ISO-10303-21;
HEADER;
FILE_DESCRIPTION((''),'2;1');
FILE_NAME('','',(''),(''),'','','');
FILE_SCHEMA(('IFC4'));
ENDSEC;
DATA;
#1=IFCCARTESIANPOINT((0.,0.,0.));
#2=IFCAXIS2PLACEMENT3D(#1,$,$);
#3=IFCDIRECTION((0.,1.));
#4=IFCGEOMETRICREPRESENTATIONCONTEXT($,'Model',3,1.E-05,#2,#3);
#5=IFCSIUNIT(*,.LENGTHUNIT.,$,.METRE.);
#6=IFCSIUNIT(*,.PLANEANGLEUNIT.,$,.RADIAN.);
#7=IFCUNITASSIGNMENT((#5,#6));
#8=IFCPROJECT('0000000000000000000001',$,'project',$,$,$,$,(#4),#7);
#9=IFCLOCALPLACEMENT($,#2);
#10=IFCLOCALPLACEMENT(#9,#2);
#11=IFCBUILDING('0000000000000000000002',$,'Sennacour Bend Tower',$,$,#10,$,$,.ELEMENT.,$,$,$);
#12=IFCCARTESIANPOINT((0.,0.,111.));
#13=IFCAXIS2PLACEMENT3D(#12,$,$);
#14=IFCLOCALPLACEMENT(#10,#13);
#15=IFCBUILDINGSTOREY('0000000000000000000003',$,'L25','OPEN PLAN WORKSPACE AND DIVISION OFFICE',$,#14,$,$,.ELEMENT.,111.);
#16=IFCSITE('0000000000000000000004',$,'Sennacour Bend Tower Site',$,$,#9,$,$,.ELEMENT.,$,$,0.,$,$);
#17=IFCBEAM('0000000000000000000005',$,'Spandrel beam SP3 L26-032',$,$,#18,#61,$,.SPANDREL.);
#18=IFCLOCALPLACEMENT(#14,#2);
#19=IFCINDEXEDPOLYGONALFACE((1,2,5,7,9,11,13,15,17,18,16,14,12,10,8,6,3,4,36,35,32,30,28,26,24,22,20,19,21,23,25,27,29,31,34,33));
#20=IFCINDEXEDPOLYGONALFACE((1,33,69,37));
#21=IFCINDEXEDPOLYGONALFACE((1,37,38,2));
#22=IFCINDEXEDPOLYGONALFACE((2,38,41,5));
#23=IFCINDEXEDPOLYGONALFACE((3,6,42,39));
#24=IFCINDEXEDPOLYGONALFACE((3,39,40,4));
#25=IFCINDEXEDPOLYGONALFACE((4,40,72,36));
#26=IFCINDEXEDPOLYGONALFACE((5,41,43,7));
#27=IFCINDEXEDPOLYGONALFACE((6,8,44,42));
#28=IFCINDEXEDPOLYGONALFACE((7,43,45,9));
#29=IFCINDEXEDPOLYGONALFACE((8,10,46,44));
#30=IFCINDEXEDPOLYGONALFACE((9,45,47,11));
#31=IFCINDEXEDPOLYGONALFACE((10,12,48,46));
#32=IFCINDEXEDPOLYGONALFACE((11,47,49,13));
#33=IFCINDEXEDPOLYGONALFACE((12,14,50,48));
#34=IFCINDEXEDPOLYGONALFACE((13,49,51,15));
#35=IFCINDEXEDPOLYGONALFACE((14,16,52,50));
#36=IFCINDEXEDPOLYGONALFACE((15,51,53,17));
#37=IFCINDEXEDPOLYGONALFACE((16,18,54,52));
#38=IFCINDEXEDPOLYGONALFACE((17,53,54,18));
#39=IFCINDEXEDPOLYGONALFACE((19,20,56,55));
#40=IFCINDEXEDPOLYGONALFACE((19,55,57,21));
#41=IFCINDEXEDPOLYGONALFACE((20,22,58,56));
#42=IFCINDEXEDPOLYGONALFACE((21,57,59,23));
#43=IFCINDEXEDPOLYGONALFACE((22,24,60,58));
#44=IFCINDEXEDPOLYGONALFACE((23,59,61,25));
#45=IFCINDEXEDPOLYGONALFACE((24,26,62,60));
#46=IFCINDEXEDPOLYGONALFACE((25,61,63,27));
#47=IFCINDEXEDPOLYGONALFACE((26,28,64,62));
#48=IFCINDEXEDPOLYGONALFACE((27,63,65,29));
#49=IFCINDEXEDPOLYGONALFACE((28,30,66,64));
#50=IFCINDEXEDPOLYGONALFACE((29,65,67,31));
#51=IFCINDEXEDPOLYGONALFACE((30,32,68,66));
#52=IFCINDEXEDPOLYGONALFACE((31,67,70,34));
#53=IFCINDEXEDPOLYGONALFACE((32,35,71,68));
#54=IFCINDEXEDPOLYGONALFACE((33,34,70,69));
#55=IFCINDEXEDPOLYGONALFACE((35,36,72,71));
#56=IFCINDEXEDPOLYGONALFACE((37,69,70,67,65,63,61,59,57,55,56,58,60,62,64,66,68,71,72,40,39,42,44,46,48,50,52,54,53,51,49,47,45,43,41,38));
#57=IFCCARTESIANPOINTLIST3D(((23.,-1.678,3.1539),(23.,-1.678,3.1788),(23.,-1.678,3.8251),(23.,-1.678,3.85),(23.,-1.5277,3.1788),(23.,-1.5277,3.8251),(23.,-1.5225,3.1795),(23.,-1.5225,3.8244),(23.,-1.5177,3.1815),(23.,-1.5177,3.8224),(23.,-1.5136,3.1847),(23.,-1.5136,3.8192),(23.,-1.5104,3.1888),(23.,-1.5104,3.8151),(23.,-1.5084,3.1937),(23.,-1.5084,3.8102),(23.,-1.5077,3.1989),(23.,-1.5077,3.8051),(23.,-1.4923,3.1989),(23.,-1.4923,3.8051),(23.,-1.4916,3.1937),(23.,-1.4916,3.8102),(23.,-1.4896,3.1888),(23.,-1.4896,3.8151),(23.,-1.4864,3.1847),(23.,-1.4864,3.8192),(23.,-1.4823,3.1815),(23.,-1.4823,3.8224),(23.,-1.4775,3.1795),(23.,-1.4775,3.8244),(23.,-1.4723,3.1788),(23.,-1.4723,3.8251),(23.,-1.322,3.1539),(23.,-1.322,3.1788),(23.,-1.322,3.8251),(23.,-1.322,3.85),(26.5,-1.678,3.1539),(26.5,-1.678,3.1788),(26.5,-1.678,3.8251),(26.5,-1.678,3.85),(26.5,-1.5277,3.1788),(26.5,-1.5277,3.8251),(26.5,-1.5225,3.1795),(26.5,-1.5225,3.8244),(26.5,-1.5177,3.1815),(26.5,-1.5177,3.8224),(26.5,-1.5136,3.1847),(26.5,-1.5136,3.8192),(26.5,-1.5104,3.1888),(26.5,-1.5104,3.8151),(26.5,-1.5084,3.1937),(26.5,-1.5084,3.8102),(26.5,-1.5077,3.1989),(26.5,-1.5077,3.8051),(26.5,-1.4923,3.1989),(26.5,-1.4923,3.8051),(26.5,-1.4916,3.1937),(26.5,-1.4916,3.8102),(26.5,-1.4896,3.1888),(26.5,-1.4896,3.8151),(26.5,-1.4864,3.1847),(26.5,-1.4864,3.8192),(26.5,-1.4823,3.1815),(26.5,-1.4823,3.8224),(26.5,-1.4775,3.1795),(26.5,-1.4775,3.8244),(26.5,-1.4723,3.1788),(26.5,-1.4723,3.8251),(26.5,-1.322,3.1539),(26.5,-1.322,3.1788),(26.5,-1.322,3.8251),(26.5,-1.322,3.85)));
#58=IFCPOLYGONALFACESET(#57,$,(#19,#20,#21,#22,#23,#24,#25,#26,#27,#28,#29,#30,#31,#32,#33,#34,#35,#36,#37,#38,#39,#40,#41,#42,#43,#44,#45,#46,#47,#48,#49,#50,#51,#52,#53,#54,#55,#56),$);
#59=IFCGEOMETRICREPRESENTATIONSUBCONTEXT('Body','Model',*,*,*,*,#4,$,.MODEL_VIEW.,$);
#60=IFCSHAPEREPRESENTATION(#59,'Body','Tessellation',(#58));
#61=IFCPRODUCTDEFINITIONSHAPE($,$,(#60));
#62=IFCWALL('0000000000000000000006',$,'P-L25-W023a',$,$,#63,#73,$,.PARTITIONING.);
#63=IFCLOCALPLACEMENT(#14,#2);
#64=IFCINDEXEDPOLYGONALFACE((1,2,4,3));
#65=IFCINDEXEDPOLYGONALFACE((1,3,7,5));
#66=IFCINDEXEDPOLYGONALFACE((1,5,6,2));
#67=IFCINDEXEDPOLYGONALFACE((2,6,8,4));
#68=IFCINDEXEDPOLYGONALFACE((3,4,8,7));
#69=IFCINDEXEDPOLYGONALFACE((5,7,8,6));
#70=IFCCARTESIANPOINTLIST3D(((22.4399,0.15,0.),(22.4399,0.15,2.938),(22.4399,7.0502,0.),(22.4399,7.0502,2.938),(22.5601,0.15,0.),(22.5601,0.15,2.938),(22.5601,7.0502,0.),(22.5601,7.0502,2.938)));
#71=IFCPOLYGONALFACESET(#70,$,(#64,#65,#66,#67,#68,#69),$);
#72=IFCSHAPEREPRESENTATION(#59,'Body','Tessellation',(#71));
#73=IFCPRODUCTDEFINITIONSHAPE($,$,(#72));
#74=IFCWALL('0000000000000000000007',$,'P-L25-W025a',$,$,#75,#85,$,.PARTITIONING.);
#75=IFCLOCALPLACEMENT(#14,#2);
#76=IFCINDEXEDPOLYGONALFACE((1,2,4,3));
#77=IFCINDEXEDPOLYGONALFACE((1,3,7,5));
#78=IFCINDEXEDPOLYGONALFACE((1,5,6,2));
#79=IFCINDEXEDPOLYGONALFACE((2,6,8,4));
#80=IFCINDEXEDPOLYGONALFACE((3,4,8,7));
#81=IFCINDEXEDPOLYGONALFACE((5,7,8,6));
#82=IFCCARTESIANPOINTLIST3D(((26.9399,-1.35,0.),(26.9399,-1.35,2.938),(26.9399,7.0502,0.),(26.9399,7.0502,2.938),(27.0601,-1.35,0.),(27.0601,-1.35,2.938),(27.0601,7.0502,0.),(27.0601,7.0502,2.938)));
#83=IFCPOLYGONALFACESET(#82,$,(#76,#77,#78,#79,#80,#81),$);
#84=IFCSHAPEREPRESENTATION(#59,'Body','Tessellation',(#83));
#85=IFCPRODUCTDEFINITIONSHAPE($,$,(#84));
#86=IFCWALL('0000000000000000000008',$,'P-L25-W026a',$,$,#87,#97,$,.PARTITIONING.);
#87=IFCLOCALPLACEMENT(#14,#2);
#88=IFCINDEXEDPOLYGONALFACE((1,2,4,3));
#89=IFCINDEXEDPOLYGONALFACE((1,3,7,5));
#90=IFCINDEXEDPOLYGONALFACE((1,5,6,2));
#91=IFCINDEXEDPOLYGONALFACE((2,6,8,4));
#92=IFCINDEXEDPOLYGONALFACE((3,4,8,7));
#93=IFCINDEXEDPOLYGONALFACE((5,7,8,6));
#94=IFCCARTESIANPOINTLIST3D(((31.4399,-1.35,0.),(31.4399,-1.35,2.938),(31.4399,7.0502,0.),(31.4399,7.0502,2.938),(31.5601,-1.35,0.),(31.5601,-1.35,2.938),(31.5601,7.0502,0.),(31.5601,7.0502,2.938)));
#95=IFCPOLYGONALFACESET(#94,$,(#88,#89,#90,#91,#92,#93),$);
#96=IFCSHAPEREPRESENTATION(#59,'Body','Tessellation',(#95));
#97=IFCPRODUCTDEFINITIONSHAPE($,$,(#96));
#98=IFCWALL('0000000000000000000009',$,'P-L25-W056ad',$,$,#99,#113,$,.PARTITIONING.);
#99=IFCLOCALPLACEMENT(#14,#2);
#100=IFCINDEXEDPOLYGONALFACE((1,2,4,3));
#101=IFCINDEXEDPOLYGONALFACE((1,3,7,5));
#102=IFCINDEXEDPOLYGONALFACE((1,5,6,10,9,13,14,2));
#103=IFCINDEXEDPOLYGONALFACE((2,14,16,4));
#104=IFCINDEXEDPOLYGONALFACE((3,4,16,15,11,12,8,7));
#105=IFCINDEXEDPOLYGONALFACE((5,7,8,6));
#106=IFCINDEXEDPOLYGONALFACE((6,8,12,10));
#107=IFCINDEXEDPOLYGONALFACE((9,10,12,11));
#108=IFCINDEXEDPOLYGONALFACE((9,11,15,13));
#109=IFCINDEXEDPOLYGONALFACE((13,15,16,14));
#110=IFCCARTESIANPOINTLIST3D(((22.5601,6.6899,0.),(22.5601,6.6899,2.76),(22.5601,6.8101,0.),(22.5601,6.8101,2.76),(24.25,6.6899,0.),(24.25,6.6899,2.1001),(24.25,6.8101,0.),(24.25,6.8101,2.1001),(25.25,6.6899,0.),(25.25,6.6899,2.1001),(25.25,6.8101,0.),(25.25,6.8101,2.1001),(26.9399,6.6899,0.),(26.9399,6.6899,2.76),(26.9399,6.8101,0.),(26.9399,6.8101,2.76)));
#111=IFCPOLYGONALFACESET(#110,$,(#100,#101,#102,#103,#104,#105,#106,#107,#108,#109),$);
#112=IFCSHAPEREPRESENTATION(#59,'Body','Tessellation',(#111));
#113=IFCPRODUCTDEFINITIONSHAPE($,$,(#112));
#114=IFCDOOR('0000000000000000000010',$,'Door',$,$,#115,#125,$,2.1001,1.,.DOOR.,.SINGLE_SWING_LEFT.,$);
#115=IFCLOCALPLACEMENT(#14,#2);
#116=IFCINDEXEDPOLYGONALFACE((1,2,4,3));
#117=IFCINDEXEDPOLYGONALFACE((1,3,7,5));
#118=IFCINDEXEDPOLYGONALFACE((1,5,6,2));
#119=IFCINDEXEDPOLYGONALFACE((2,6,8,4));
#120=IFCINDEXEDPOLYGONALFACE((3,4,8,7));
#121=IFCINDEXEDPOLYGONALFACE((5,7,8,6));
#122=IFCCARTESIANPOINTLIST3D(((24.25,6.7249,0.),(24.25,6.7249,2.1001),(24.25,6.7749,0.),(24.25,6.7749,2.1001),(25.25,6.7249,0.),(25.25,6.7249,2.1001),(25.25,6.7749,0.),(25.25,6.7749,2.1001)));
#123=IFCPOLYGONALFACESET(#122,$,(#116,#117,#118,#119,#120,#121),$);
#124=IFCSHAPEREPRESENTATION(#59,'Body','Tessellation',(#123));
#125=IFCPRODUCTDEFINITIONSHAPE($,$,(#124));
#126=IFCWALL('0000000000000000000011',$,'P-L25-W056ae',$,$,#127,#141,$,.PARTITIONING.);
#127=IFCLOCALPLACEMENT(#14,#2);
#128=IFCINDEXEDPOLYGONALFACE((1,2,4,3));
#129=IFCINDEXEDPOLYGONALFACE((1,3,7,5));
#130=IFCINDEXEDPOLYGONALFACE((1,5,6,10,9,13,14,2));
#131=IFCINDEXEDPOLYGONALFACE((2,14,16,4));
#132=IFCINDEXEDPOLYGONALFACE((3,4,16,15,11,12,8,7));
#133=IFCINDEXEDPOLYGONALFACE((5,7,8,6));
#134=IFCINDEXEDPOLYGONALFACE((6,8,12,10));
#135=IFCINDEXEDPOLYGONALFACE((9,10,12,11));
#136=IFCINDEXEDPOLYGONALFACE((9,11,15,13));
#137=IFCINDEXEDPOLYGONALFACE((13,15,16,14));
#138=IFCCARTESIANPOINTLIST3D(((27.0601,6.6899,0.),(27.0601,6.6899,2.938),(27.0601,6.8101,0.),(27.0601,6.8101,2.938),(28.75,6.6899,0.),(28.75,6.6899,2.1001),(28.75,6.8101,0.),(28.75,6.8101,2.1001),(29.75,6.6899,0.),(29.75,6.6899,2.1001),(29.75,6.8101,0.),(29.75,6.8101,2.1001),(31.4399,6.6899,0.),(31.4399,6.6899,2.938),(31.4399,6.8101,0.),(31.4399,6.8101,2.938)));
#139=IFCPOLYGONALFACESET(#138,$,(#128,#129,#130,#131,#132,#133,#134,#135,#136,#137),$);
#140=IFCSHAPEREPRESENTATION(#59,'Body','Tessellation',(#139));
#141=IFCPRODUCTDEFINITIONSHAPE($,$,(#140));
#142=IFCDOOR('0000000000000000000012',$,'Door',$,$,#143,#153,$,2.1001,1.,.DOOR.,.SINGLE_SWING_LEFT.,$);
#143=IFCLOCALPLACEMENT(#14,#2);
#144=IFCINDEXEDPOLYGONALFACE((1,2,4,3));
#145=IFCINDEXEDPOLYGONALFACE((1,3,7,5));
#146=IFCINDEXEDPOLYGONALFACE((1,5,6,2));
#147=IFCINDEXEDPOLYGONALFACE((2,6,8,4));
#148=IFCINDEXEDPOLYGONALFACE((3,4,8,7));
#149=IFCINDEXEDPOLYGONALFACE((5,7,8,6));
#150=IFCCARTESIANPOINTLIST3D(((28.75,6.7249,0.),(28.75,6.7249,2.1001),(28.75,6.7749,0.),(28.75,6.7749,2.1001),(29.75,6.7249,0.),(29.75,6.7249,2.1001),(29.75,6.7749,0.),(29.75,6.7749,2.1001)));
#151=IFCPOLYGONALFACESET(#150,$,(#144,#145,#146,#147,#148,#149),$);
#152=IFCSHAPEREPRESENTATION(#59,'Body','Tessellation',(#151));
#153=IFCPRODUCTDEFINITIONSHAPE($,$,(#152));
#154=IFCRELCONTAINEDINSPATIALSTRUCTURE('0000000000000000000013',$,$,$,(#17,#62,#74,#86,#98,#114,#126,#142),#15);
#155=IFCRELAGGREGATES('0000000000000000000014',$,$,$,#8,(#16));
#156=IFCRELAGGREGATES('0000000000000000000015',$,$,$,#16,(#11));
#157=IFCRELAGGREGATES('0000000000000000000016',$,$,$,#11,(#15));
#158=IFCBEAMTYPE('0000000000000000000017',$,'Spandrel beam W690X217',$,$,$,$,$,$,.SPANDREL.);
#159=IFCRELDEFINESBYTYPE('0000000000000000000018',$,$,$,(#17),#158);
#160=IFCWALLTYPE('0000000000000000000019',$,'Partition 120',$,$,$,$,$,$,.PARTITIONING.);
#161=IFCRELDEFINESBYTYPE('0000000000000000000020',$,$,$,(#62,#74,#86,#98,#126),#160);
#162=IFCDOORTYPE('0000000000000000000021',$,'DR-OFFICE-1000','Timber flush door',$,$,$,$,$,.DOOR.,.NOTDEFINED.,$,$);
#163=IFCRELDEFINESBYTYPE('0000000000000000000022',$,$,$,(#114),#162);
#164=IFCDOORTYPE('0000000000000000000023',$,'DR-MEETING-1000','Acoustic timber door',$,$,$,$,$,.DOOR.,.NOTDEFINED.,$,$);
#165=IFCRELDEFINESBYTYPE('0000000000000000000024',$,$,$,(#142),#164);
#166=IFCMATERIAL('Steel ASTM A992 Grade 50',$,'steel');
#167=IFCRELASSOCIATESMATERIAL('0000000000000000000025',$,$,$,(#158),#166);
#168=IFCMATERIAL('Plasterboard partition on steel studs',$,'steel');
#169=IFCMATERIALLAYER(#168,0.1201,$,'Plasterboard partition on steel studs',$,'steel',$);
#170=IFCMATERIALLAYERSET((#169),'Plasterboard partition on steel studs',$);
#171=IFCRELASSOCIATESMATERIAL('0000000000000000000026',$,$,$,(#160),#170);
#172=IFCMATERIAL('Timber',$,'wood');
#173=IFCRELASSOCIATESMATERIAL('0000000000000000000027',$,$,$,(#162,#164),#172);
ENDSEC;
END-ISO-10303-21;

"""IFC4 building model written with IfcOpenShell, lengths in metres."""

from ifc_helpers import new_model, si_unit, direction, frame, frame_2d, origin, origin_2d, place, context, subcontext, project, spatial, rectangle, i_section, extrude, material, layer, layer_set, material_profile, profile_set, type_object, element, fill, save


model = new_model("IFC4")

# Units and contexts
model_context = context("Model", 3, precision=1e-05, world=origin(), true_north=direction((0.0, 1.0)))
body_context = subcontext(model_context, "Body", "Model", "MODEL_VIEW")
ifc_project = project(units=[si_unit("LENGTHUNIT", "METRE"), si_unit("PLANEANGLEUNIT", "RADIAN")], contexts=[model_context])

# Site, building, storey
site_placement = place(None, origin())
site = spatial("IfcSite", under=ifc_project, at=site_placement, Name="Sennacour Bend Tower Site", CompositionType="ELEMENT", RefElevation=0.0)
building_placement = place(site_placement, origin())
building = spatial("IfcBuilding", under=site, at=building_placement, Name="Sennacour Bend Tower", CompositionType="ELEMENT")
storey_placement = place(building_placement, frame((0.0, 0.0, 111.0)))
storey = spatial("IfcBuildingStorey", under=building, at=storey_placement, Name="L25", Description="OPEN PLAN WORKSPACE AND DIVISION OFFICE", CompositionType="ELEMENT", Elevation=111.0)

# Beam
ifc_material_1 = material(Name="Steel ASTM A992 Grade 50", Category="steel")
ifc_material_profile_1 = material_profile(ifc_material_1, i_section(OverallWidth=0.356, OverallDepth=0.696, WebThickness=0.0154, FlangeThickness=0.0249, FilletRadius=0.02, at=origin_2d()), Name="Steel ASTM A992 Grade 50", Category="steel")
ifc_profile_set_1 = profile_set([ifc_material_profile_1], Name="Steel ASTM A992 Grade 50")
beam_type_1 = type_object("IfcBeamType", Name="Spandrel beam W690X217", PredefinedType="SPANDREL", material=ifc_profile_set_1)
for number, where, z_axis, x_axis, name in (
    (1, (26.5, -1.5, 3.502), (-1.0, 0.0, 0.0), (0.0, -1.0, 0.0), "Spandrel beam SP3 L26-032"),
):
    element("IfcBeam", number, at=place(storey_placement, frame(where, z_axis=z_axis, x_axis=x_axis)), inside=storey, type_object=beam_type_1, Name=name, PredefinedType="SPANDREL", context=body_context, shape_type="SweptSolid", body=[
        extrude(i_section(OverallWidth=0.356, OverallDepth=0.696, WebThickness=0.0154, FlangeThickness=0.0249, FilletRadius=0.02, at=origin_2d()), origin(), (0.0, 0.0, 1.0), 3.5),
    ])

# Walls
ifc_material_2 = material(Name="Plasterboard partition on steel studs", Category="steel")
ifc_layer_1 = layer(ifc_material_2, 0.1201, Name="Plasterboard partition on steel studs", Category="steel")
ifc_layer_set_1 = layer_set([ifc_layer_1], Name="Plasterboard partition on steel studs")
wall_type_1 = type_object("IfcWallType", Name="Partition 120", PredefinedType="PARTITIONING", material=ifc_layer_set_1)
wall_1_placement = place(storey_placement, frame((22.5, 0.1499, 0.0), z_axis=(0.0, 0.0, 1.0), x_axis=(0.0, 1.0, 0.0)))
element("IfcWall", 2, at=wall_1_placement, inside=storey, type_object=wall_type_1, Name="P-L25-W023a", PredefinedType="PARTITIONING", context=body_context, shape_type="SweptSolid", body=[
    extrude(rectangle(XDim=6.9001, YDim=0.1201, at=frame_2d((3.4502, 0.0))), origin(), (0.0, 0.0, 1.0), 2.938),
])
for number, where, z_axis, x_axis, name in (
    (3, (27.0, -1.3501, 0.0), (0.0, 0.0, 1.0), (0.0, 1.0, 0.0), "P-L25-W025a"),
    (4, (31.5, -1.3501, 0.0), (0.0, 0.0, 1.0), (0.0, 1.0, 0.0), "P-L25-W026a"),
):
    element("IfcWall", number, at=place(storey_placement, frame(where, z_axis=z_axis, x_axis=x_axis)), inside=storey, type_object=wall_type_1, Name=name, PredefinedType="PARTITIONING", context=body_context, shape_type="SweptSolid", body=[
        extrude(rectangle(XDim=8.4001, YDim=0.1201, at=frame_2d((4.2002, 0.0))), origin(), (0.0, 0.0, 1.0), 2.938),
    ])

# Walls, openings, doors
wall_2_placement = place(storey_placement, frame((22.5601, 6.75, 0.0), z_axis=(0.0, 0.0, 1.0), x_axis=(1.0, 0.0, 0.0)))
wall_2 = element("IfcWall", 5, at=wall_2_placement, inside=storey, type_object=wall_type_1, Name="P-L25-W056ad", PredefinedType="PARTITIONING", context=body_context, shape_type="SweptSolid", body=[
    extrude(rectangle(XDim=4.3799, YDim=0.1201, at=frame_2d((2.1899, 0.0))), origin(), (0.0, 0.0, 1.0), 2.76),
])
opening_1_placement = place(wall_2_placement, frame((1.6899, 0.0, 0.0)))
opening_1 = element("IfcOpeningElement", 6, at=opening_1_placement, cuts=wall_2, PredefinedType="OPENING", context=body_context, shape_type="SweptSolid", body=[
    extrude(rectangle(XDim=1.0, YDim=2.1001, at=frame_2d((0.5, 1.05))), frame((0.0, 0.0701, 0.0), z_axis=(0.0, -1.0, 0.0), x_axis=(1.0, 0.0, 0.0)), (0.0, 0.0, 1.0), 0.1401),
])
ifc_material_3 = material(Name="Timber", Category="wood")
door_type_1 = type_object("IfcDoorType", Name="DR-OFFICE-1000", Description="Timber flush door", OperationType="NOTDEFINED", PredefinedType="DOOR", material=ifc_material_3)
door_1_placement = place(opening_1_placement, origin())
door_1 = element("IfcDoor", 7, at=door_1_placement, inside=storey, type_object=door_type_1, Name="Door", OperationType="SINGLE_SWING_LEFT", OverallHeight=2.1001, OverallWidth=1.0, PredefinedType="DOOR", context=body_context, shape_type="SweptSolid", body=[
    extrude(rectangle(XDim=1.0, YDim=2.1001, at=frame_2d((0.5, 1.05))), frame((0.0, 0.0249, 0.0), z_axis=(0.0, -1.0, 0.0), x_axis=(1.0, 0.0, 0.0)), (0.0, 0.0, 1.0), 0.05),
])
fill(opening_1, door_1)
wall_3_placement = place(storey_placement, frame((27.0601, 6.75, 0.0), z_axis=(0.0, 0.0, 1.0), x_axis=(1.0, 0.0, 0.0)))
wall_3 = element("IfcWall", 8, at=wall_3_placement, inside=storey, type_object=wall_type_1, Name="P-L25-W056ae", PredefinedType="PARTITIONING", context=body_context, shape_type="SweptSolid", body=[
    extrude(rectangle(XDim=4.3799, YDim=0.1201, at=frame_2d((2.1899, 0.0))), origin(), (0.0, 0.0, 1.0), 2.938),
])
opening_2_placement = place(wall_3_placement, frame((1.6899, 0.0, 0.0)))
opening_2 = element("IfcOpeningElement", 9, at=opening_2_placement, cuts=wall_3, PredefinedType="OPENING", context=body_context, shape_type="SweptSolid", body=[
    extrude(rectangle(XDim=1.0, YDim=2.1001, at=frame_2d((0.5, 1.05))), frame((0.0, 0.0701, 0.0), z_axis=(0.0, -1.0, 0.0), x_axis=(1.0, 0.0, 0.0)), (0.0, 0.0, 1.0), 0.1401),
])
door_type_2 = type_object("IfcDoorType", Name="DR-MEETING-1000", Description="Acoustic timber door", OperationType="NOTDEFINED", PredefinedType="DOOR", material=ifc_material_3)
door_2_placement = place(opening_2_placement, origin())
door_2 = element("IfcDoor", 10, at=door_2_placement, inside=storey, type_object=door_type_2, Name="Door", OperationType="SINGLE_SWING_LEFT", OverallHeight=2.1001, OverallWidth=1.0, PredefinedType="DOOR", context=body_context, shape_type="SweptSolid", body=[
    extrude(rectangle(XDim=1.0, YDim=2.1001, at=frame_2d((0.5, 1.05))), frame((0.0, 0.0249, 0.0), z_axis=(0.0, -1.0, 0.0), x_axis=(1.0, 0.0, 0.0)), (0.0, 0.0, 1.0), 0.05),
])
fill(opening_2, door_2)

save(model, "model.ifc")
